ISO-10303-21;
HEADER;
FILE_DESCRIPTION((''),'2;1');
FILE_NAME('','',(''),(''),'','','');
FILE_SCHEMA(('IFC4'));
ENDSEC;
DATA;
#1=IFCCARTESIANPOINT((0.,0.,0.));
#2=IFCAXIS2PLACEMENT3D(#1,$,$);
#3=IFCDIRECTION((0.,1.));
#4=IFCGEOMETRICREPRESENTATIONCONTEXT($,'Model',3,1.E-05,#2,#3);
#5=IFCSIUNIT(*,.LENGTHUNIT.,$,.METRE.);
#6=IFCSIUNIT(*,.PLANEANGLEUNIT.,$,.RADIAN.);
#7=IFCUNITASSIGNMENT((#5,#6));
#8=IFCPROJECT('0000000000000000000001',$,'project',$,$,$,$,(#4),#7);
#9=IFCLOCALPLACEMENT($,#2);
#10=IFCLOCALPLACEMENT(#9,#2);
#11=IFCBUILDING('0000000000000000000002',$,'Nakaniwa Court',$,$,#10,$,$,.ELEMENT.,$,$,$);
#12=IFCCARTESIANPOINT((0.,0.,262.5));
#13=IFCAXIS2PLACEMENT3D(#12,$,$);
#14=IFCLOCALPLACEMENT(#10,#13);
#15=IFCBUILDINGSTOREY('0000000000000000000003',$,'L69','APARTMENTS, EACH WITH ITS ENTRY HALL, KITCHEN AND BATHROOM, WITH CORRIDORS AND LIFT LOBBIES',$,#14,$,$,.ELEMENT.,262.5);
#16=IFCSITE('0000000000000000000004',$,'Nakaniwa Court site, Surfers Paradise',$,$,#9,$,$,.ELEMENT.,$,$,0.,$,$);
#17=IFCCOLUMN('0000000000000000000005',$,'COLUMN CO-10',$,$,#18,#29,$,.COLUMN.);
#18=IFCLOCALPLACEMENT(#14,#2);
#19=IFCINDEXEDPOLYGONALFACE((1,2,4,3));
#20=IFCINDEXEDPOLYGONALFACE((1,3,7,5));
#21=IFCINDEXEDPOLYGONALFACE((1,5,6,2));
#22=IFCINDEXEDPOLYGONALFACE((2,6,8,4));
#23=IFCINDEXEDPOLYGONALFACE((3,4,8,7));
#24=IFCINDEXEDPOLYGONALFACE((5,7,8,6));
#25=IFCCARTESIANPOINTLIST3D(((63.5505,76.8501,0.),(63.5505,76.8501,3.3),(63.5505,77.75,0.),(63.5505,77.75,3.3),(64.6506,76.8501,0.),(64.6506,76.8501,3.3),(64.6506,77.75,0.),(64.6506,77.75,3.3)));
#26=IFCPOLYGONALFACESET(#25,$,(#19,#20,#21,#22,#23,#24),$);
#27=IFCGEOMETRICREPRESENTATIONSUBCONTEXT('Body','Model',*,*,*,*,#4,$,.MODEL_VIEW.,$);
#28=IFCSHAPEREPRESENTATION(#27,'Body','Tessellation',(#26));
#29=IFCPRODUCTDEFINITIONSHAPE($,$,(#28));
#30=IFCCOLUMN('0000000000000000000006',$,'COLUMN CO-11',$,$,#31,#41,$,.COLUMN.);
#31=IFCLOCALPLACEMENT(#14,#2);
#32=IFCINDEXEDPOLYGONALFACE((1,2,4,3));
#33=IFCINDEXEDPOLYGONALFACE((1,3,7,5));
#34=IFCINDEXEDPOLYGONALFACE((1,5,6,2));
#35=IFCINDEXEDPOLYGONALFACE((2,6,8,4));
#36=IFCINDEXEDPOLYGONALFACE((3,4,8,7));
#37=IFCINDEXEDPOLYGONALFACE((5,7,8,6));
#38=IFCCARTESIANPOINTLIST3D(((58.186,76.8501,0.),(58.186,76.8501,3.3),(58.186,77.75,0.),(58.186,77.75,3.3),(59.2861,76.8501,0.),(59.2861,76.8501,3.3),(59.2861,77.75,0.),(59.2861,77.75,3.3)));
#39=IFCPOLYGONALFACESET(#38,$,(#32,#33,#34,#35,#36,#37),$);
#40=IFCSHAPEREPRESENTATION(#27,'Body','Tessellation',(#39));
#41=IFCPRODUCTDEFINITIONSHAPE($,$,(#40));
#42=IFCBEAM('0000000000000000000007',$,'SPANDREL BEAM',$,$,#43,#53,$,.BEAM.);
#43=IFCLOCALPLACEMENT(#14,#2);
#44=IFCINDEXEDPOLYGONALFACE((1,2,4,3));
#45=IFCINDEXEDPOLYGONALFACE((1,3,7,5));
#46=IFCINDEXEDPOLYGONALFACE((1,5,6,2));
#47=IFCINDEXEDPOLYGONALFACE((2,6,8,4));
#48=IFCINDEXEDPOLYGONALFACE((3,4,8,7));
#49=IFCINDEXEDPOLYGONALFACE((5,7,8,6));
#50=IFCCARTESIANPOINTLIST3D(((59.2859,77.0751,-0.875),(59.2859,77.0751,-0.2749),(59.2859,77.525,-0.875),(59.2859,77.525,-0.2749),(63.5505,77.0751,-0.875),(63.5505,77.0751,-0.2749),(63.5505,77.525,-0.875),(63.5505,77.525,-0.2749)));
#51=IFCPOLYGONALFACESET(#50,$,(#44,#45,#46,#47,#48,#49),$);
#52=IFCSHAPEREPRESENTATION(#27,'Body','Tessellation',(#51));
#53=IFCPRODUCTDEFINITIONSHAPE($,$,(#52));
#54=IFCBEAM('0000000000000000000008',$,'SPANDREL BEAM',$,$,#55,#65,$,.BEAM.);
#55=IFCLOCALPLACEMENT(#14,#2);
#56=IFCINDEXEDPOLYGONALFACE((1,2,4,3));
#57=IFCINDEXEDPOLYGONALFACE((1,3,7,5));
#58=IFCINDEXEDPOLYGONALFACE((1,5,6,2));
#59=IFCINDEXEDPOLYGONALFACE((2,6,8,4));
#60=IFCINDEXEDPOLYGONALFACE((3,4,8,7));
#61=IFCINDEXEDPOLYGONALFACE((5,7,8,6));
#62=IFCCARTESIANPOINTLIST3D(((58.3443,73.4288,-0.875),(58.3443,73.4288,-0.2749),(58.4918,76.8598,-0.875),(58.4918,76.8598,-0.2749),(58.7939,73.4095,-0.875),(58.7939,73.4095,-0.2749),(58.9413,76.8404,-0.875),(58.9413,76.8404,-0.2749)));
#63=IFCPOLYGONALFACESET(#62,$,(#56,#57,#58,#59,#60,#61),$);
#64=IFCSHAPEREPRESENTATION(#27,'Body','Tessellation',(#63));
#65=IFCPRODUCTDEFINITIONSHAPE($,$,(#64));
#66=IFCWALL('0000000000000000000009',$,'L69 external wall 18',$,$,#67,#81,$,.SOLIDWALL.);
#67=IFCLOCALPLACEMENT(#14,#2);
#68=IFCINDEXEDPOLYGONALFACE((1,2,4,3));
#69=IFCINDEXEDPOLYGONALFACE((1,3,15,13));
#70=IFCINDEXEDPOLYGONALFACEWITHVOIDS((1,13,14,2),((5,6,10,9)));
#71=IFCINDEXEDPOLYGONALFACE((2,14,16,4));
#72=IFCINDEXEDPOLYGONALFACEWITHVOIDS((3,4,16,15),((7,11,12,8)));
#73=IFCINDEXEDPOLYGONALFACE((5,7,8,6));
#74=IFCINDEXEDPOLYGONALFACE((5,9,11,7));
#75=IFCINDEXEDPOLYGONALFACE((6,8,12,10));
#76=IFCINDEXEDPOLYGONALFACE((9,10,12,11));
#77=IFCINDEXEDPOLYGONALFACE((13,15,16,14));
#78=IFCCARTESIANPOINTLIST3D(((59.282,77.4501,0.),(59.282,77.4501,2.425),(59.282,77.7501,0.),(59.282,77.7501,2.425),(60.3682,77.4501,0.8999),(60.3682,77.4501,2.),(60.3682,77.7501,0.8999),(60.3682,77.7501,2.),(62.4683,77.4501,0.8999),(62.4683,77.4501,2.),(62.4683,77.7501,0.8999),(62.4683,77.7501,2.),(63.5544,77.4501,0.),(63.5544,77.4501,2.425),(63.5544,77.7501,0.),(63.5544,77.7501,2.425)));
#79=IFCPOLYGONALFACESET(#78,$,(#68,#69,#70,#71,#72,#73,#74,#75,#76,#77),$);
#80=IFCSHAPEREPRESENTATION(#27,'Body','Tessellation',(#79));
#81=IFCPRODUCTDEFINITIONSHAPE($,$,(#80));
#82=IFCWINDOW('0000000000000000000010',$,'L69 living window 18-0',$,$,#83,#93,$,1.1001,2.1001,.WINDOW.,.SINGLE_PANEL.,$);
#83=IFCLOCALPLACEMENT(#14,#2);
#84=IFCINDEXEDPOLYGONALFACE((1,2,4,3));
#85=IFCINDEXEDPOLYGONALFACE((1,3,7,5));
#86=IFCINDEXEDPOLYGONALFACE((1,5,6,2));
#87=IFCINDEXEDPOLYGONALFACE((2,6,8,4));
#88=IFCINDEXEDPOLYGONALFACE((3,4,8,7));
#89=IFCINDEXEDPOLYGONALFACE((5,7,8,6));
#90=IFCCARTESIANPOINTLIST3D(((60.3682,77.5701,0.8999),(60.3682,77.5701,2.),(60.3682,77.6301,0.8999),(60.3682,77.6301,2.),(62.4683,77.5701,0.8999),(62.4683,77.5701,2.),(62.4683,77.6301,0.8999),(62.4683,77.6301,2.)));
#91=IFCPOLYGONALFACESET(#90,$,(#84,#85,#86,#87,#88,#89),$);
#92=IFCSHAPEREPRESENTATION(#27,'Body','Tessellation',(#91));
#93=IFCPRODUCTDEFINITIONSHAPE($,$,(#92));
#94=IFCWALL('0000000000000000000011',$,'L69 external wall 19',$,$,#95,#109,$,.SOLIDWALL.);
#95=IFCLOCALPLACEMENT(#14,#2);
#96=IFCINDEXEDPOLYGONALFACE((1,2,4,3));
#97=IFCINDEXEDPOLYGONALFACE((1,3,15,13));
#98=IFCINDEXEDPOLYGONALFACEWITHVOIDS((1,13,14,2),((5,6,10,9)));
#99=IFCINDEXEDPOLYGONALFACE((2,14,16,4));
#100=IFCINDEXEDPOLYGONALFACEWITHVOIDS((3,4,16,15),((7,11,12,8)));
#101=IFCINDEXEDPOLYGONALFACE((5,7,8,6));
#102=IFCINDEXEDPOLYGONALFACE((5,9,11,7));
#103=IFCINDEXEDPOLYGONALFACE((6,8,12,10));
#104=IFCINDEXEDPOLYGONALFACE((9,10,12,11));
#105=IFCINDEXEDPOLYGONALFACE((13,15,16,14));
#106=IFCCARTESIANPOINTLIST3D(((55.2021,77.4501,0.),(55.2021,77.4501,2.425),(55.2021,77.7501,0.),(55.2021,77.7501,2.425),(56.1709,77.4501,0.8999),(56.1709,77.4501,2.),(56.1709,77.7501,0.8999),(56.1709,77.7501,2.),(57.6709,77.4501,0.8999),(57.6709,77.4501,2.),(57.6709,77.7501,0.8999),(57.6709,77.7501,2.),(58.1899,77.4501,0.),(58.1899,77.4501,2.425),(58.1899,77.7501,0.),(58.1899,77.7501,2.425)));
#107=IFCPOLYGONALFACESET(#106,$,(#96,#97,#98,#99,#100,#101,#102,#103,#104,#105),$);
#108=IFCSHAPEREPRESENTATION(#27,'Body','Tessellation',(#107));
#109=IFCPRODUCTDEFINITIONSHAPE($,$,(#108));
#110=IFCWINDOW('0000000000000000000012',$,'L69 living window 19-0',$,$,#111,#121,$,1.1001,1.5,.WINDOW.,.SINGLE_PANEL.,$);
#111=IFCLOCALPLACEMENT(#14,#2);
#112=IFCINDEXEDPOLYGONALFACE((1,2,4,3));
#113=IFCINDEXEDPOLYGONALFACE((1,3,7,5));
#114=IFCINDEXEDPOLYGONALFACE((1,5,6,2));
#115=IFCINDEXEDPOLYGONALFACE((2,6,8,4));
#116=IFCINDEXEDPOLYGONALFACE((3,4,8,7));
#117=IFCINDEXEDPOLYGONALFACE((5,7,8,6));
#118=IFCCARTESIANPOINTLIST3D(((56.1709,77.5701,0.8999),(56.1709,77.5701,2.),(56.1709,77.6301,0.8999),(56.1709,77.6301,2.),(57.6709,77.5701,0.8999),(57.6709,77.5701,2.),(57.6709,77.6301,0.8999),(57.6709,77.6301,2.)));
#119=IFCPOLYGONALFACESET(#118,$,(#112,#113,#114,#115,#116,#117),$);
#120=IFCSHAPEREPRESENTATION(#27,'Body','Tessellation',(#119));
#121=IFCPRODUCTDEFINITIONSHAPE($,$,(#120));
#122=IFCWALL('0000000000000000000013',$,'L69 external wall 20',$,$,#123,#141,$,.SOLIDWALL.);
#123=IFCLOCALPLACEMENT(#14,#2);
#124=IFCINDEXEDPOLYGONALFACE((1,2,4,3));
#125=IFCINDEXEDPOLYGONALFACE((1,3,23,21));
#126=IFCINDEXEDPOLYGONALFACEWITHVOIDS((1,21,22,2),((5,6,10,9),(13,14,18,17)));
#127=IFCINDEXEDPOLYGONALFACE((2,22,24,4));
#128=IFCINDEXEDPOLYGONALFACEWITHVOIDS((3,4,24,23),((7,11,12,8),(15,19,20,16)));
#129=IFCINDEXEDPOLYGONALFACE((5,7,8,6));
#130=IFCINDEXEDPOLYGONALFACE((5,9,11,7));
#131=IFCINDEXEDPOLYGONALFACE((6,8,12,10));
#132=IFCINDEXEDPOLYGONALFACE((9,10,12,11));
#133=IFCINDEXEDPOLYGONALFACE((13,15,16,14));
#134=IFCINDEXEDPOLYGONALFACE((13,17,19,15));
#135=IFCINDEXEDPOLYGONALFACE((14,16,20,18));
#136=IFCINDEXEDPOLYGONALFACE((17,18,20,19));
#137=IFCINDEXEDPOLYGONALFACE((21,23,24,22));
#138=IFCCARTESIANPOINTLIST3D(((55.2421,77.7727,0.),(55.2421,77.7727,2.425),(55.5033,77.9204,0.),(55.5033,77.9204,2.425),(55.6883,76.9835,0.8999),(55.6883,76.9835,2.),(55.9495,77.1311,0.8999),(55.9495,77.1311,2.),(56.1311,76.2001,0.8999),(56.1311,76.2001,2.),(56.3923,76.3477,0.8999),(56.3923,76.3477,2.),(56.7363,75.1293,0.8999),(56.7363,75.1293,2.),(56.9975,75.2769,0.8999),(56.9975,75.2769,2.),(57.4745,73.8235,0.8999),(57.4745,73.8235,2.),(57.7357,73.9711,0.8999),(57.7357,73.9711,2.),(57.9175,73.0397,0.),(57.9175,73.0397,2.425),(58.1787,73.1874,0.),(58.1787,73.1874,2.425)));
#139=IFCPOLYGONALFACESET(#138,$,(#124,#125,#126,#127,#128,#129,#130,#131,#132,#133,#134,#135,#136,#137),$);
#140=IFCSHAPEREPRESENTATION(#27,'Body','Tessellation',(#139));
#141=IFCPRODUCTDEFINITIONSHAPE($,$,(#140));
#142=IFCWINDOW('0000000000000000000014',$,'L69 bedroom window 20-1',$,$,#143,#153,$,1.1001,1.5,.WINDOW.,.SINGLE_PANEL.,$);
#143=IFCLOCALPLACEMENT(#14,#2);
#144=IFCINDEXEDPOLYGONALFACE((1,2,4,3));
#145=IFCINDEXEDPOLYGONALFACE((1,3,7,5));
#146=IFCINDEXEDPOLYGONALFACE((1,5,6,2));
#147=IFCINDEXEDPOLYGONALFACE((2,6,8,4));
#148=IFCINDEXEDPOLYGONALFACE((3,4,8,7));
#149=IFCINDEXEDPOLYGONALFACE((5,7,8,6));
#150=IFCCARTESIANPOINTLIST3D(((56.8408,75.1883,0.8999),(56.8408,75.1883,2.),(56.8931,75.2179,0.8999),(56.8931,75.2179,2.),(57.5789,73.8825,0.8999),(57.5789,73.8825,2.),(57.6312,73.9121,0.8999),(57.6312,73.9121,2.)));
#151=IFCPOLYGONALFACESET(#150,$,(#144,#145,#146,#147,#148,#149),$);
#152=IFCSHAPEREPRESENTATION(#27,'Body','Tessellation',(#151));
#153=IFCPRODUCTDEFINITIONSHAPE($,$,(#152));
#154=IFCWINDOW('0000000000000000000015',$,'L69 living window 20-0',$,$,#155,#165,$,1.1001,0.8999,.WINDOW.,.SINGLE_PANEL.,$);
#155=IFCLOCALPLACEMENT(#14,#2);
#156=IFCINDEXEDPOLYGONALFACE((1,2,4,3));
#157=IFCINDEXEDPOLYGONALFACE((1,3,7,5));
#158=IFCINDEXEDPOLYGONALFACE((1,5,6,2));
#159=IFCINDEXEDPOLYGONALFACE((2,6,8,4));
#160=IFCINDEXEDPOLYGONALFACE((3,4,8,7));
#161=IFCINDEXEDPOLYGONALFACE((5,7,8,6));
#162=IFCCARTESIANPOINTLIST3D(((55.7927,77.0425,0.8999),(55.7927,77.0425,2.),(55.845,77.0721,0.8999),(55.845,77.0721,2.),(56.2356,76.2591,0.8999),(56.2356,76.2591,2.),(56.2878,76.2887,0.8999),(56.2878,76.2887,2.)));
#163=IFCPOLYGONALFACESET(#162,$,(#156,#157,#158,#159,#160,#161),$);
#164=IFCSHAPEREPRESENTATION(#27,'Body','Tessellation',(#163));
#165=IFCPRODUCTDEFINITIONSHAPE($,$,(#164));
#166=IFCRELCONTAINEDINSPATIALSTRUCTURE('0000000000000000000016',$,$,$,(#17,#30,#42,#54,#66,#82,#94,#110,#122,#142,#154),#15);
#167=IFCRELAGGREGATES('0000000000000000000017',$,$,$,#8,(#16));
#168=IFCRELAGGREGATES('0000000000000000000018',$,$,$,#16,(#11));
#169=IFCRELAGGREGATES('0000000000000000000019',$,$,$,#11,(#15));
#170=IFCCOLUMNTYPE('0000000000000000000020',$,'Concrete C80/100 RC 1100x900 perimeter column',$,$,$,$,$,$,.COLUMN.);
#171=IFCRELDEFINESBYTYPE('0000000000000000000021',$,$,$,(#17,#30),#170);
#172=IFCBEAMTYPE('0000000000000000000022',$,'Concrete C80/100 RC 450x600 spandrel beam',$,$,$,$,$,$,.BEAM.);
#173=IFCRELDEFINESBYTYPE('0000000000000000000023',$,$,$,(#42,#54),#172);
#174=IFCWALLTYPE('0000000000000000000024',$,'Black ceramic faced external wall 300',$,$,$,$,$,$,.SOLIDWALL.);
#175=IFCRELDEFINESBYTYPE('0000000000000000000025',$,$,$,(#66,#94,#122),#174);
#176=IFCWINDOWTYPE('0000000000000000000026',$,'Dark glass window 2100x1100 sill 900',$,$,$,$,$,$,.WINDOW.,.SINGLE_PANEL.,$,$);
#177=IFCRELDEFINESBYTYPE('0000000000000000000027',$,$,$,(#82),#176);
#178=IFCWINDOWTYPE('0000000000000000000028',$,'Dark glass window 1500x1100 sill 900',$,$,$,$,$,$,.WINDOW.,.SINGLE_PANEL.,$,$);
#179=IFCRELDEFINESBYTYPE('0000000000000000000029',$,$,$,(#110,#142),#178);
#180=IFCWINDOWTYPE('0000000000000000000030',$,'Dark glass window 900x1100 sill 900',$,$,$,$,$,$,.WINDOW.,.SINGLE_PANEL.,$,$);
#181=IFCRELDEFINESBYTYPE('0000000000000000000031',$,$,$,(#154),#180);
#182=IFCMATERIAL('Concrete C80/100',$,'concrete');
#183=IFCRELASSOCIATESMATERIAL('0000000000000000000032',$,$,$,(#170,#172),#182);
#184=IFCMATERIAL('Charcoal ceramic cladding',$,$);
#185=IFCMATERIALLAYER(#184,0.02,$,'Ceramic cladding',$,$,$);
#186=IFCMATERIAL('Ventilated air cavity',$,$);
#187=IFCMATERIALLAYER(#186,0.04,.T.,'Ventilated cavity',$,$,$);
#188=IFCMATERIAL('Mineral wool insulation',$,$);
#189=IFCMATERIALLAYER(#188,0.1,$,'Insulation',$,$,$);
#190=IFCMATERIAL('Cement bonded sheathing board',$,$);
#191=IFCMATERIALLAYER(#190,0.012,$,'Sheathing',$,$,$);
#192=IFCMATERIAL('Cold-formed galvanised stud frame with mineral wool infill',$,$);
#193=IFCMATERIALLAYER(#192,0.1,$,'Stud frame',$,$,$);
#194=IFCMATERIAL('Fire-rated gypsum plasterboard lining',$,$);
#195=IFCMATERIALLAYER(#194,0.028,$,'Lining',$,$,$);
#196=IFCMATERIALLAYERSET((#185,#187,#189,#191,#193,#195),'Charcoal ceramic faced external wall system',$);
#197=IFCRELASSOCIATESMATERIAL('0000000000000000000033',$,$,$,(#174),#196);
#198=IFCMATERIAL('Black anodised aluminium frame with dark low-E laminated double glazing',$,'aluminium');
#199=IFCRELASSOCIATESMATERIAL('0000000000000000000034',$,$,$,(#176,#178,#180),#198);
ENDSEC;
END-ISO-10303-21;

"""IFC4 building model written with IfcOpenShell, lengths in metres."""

from ifc_helpers import new_model, si_unit, direction, frame, frame_2d, origin, origin_2d, place, context, subcontext, project, spatial, rectangle, extrude, material, layer, layer_set, material_profile, profile_set, type_object, element, fill, save


model = new_model("IFC4")

# Units and contexts
model_context = context("Model", 3, precision=1e-05, world=origin(), true_north=direction((0.0, 1.0)))
body_context = subcontext(model_context, "Body", "Model", "MODEL_VIEW")
ifc_project = project(units=[si_unit("LENGTHUNIT", "METRE"), si_unit("PLANEANGLEUNIT", "RADIAN")], contexts=[model_context])

# Site, building, storey
site_placement = place(None, origin())
site = spatial("IfcSite", under=ifc_project, at=site_placement, Name="Nakaniwa Court site, Surfers Paradise", CompositionType="ELEMENT", RefElevation=0.0)
building_placement = place(site_placement, origin())
building = spatial("IfcBuilding", under=site, at=building_placement, Name="Nakaniwa Court", CompositionType="ELEMENT")
storey_placement = place(building_placement, frame((0.0, 0.0, 262.5)))
storey = spatial("IfcBuildingStorey", under=building, at=storey_placement, Name="L69", Description="APARTMENTS, EACH WITH ITS ENTRY HALL, KITCHEN AND BATHROOM, WITH CORRIDORS AND LIFT LOBBIES", CompositionType="ELEMENT", Elevation=262.5)

# Columns
ifc_material_1 = material(Name="Concrete C80/100", Category="concrete")
ifc_material_profile_1 = material_profile(ifc_material_1, rectangle(XDim=1.1001, YDim=0.8999, at=origin_2d()), Name="Concrete C80/100 RC 1100x900 perimeter column")
ifc_profile_set_1 = profile_set([ifc_material_profile_1], Name="Concrete C80/100")
column_type = type_object("IfcColumnType", Name="Concrete C80/100 RC 1100x900 perimeter column", PredefinedType="COLUMN", material=ifc_profile_set_1)
for number, where, z_axis, x_axis, name in (
    (1, (64.1006, 77.3, 0.0), (0.0, 0.0, 1.0), (-1.0, 0.0, 0.0), "COLUMN CO-10"),
    (2, (58.7361, 77.3, 0.0), (0.0, 0.0, 1.0), (-1.0, 0.0, 0.0), "COLUMN CO-11"),
):
    element("IfcColumn", number, at=place(storey_placement, frame(where, z_axis=z_axis, x_axis=x_axis)), inside=storey, type_object=column_type, Name=name, PredefinedType="COLUMN", context=body_context, shape_type="SweptSolid", body=[
        extrude(rectangle(XDim=1.1001, YDim=0.8999, at=origin_2d()), origin(), (0.0, 0.0, 1.0), 3.3),
    ])

# Beams
ifc_material_profile_2 = material_profile(ifc_material_1, rectangle(XDim=0.45, YDim=0.6001, at=origin_2d()), Name="Concrete C80/100 RC 450x600 spandrel beam")
ifc_profile_set_2 = profile_set([ifc_material_profile_2], Name="Concrete C80/100")
beam_type = type_object("IfcBeamType", Name="Concrete C80/100 RC 450x600 spandrel beam", PredefinedType="BEAM", material=ifc_profile_set_2)
beam_1_placement = place(storey_placement, frame((63.5505, 77.3, -0.575), z_axis=(-1.0, 0.0, 0.0), x_axis=(0.0, -1.0, 0.0)))
element("IfcBeam", 3, at=beam_1_placement, inside=storey, type_object=beam_type, Name="SPANDREL BEAM", PredefinedType="BEAM", context=body_context, shape_type="SweptSolid", body=[
    extrude(rectangle(XDim=0.45, YDim=0.6001, at=origin_2d()), origin(), (0.0, 0.0, 1.0), 4.2646),
])
beam_2_placement = place(storey_placement, frame((58.7166, 76.8501, -0.575), z_axis=(-0.042941, -0.999078, 0.0), x_axis=(0.999078, -0.042941, 0.0)))
element("IfcBeam", 4, at=beam_2_placement, inside=storey, type_object=beam_type, Name="SPANDREL BEAM", PredefinedType="BEAM", context=body_context, shape_type="SweptSolid", body=[
    extrude(rectangle(XDim=0.45, YDim=0.6001, at=origin_2d()), origin(), (0.0, 0.0, 1.0), 3.4341),
])

# Walls, openings, windows
ifc_material_2 = material(Name="Charcoal ceramic cladding")
ifc_layer_1 = layer(ifc_material_2, 0.02, Name="Ceramic cladding")
ifc_material_3 = material(Name="Ventilated air cavity")
ifc_layer_2 = layer(ifc_material_3, 0.04, ventilated=True, Name="Ventilated cavity")
ifc_material_4 = material(Name="Mineral wool insulation")
ifc_layer_3 = layer(ifc_material_4, 0.1, Name="Insulation")
ifc_material_5 = material(Name="Cement bonded sheathing board")
ifc_layer_4 = layer(ifc_material_5, 0.012, Name="Sheathing")
ifc_material_6 = material(Name="Cold-formed galvanised stud frame with mineral wool infill")
ifc_layer_5 = layer(ifc_material_6, 0.1, Name="Stud frame")
ifc_material_7 = material(Name="Fire-rated gypsum plasterboard lining")
ifc_layer_6 = layer(ifc_material_7, 0.028, Name="Lining")
ifc_layer_set_1 = layer_set([ifc_layer_1, ifc_layer_2, ifc_layer_3, ifc_layer_4, ifc_layer_5, ifc_layer_6], Name="Charcoal ceramic faced external wall system")
wall_type_1 = type_object("IfcWallType", Name="Black ceramic faced external wall 300", PredefinedType="SOLIDWALL", material=ifc_layer_set_1)
wall_1_placement = place(storey_placement, frame((63.5544, 77.6001, 0.0), z_axis=(0.0, 0.0, 1.0), x_axis=(-1.0, 0.0, 0.0)))
wall_1 = element("IfcWall", 5, at=wall_1_placement, inside=storey, type_object=wall_type_1, Name="L69 external wall 18", PredefinedType="SOLIDWALL", context=body_context, shape_type="SweptSolid", body=[
    extrude(rectangle(XDim=4.2725, YDim=0.3, at=frame_2d((2.1362, 0.0))), origin(), (0.0, 0.0, 1.0), 2.425),
])
opening_1_placement = place(wall_1_placement, frame((1.0862, 0.0, 0.8999)))
opening_1 = element("IfcOpeningElement", 6, at=opening_1_placement, cuts=wall_1, PredefinedType="OPENING", context=body_context, shape_type="SweptSolid", body=[
    extrude(rectangle(XDim=2.1001, YDim=1.1001, at=frame_2d((1.05, 0.55))), frame((0.0, 0.1599, 0.0), z_axis=(0.0, -1.0, 0.0), x_axis=(1.0, 0.0, 0.0)), (0.0, 0.0, 1.0), 0.3201),
])
ifc_material_8 = material(Name="Black anodised aluminium frame with dark low-E laminated double glazing", Category="aluminium")
window_type_1 = type_object("IfcWindowType", Name="Dark glass window 2100x1100 sill 900", PartitioningType="SINGLE_PANEL", PredefinedType="WINDOW", material=ifc_material_8)
window_1_placement = place(opening_1_placement, origin())
window_1 = element("IfcWindow", 7, at=window_1_placement, inside=storey, type_object=window_type_1, Name="L69 living window 18-0", OverallHeight=1.1001, OverallWidth=2.1001, PartitioningType="SINGLE_PANEL", PredefinedType="WINDOW", context=body_context, shape_type="SweptSolid", body=[
    extrude(rectangle(XDim=2.1001, YDim=1.1001, at=frame_2d((1.05, 0.55))), frame((0.0, 0.03, 0.0), z_axis=(0.0, -1.0, 0.0), x_axis=(1.0, 0.0, 0.0)), (0.0, 0.0, 1.0), 0.0601),
])
fill(opening_1, window_1)
wall_2_placement = place(storey_placement, frame((58.1899, 77.6001, 0.0), z_axis=(0.0, 0.0, 1.0), x_axis=(-1.0, 0.0, 0.0)))
wall_2 = element("IfcWall", 8, at=wall_2_placement, inside=storey, type_object=wall_type_1, Name="L69 external wall 19", PredefinedType="SOLIDWALL", context=body_context, shape_type="SweptSolid", body=[
    extrude(rectangle(XDim=2.9878, YDim=0.3, at=frame_2d((1.4939, 0.0))), origin(), (0.0, 0.0, 1.0), 2.425),
])
opening_2_placement = place(wall_2_placement, frame((0.519, 0.0, 0.8999)))
opening_2 = element("IfcOpeningElement", 9, at=opening_2_placement, cuts=wall_2, PredefinedType="OPENING", context=body_context, shape_type="SweptSolid", body=[
    extrude(rectangle(XDim=1.5, YDim=1.1001, at=frame_2d((0.75, 0.55))), frame((0.0, 0.1599, 0.0), z_axis=(0.0, -1.0, 0.0), x_axis=(1.0, 0.0, 0.0)), (0.0, 0.0, 1.0), 0.3201),
])
window_type_2 = type_object("IfcWindowType", Name="Dark glass window 1500x1100 sill 900", PartitioningType="SINGLE_PANEL", PredefinedType="WINDOW", material=ifc_material_8)
window_2_placement = place(opening_2_placement, origin())
window_2 = element("IfcWindow", 10, at=window_2_placement, inside=storey, type_object=window_type_2, Name="L69 living window 19-0", OverallHeight=1.1001, OverallWidth=1.5, PartitioningType="SINGLE_PANEL", PredefinedType="WINDOW", context=body_context, shape_type="SweptSolid", body=[
    extrude(rectangle(XDim=1.5, YDim=1.1001, at=frame_2d((0.75, 0.55))), frame((0.0, 0.03, 0.0), z_axis=(0.0, -1.0, 0.0), x_axis=(1.0, 0.0, 0.0)), (0.0, 0.0, 1.0), 0.0601),
])
fill(opening_2, window_2)

# Wall, openings, windows
wall_3_placement = place(storey_placement, frame((55.3728, 77.8464, 0.0), z_axis=(0.0, 0.0, 1.0), x_axis=(0.492081, -0.870549, 0.0)))
wall_3 = element("IfcWall", 11, at=wall_3_placement, inside=storey, type_object=wall_type_1, Name="L69 external wall 20", PredefinedType="SOLIDWALL", context=body_context, shape_type="SweptSolid", body=[
    extrude(rectangle(XDim=5.4368, YDim=0.3, at=frame_2d((2.7183, 0.0))), origin(), (0.0, 0.0, 1.0), 2.425),
])
opening_3_placement = place(wall_3_placement, frame((0.9065, 0.0, 0.8999)))
opening_3 = element("IfcOpeningElement", 12, at=opening_3_placement, cuts=wall_3, PredefinedType="OPENING", context=body_context, shape_type="SweptSolid", body=[
    extrude(rectangle(XDim=0.8999, YDim=1.1001, at=frame_2d((0.45, 0.55))), frame((0.0, 0.1599, 0.0), z_axis=(0.0, -1.0, 0.0), x_axis=(1.0, 0.0, 0.0)), (0.0, 0.0, 1.0), 0.3201),
])
opening_4_placement = place(wall_3_placement, frame((3.0364, 0.0, 0.8999)))
opening_4 = element("IfcOpeningElement", 13, at=opening_4_placement, cuts=wall_3, PredefinedType="OPENING", context=body_context, shape_type="SweptSolid", body=[
    extrude(rectangle(XDim=1.5, YDim=1.1001, at=frame_2d((0.75, 0.55))), frame((0.0, 0.1599, 0.0), z_axis=(0.0, -1.0, 0.0), x_axis=(1.0, 0.0, 0.0)), (0.0, 0.0, 1.0), 0.3201),
])
window_3_placement = place(opening_4_placement, origin())
window_3 = element("IfcWindow", 14, at=window_3_placement, inside=storey, type_object=window_type_2, Name="L69 bedroom window 20-1", OverallHeight=1.1001, OverallWidth=1.5, PartitioningType="SINGLE_PANEL", PredefinedType="WINDOW", context=body_context, shape_type="SweptSolid", body=[
    extrude(rectangle(XDim=1.5, YDim=1.1001, at=frame_2d((0.75, 0.55))), frame((0.0, 0.03, 0.0), z_axis=(0.0, -1.0, 0.0), x_axis=(1.0, 0.0, 0.0)), (0.0, 0.0, 1.0), 0.0601),
])
fill(opening_4, window_3)
window_type_3 = type_object("IfcWindowType", Name="Dark glass window 900x1100 sill 900", PartitioningType="SINGLE_PANEL", PredefinedType="WINDOW", material=ifc_material_8)
window_4_placement = place(opening_3_placement, origin())
window_4 = element("IfcWindow", 15, at=window_4_placement, inside=storey, type_object=window_type_3, Name="L69 living window 20-0", OverallHeight=1.1001, OverallWidth=0.8999, PartitioningType="SINGLE_PANEL", PredefinedType="WINDOW", context=body_context, shape_type="SweptSolid", body=[
    extrude(rectangle(XDim=0.8999, YDim=1.1001, at=frame_2d((0.45, 0.55))), frame((0.0, 0.03, 0.0), z_axis=(0.0, -1.0, 0.0), x_axis=(1.0, 0.0, 0.0)), (0.0, 0.0, 1.0), 0.0601),
])
fill(opening_3, window_4)

save(model, "model.ifc")
